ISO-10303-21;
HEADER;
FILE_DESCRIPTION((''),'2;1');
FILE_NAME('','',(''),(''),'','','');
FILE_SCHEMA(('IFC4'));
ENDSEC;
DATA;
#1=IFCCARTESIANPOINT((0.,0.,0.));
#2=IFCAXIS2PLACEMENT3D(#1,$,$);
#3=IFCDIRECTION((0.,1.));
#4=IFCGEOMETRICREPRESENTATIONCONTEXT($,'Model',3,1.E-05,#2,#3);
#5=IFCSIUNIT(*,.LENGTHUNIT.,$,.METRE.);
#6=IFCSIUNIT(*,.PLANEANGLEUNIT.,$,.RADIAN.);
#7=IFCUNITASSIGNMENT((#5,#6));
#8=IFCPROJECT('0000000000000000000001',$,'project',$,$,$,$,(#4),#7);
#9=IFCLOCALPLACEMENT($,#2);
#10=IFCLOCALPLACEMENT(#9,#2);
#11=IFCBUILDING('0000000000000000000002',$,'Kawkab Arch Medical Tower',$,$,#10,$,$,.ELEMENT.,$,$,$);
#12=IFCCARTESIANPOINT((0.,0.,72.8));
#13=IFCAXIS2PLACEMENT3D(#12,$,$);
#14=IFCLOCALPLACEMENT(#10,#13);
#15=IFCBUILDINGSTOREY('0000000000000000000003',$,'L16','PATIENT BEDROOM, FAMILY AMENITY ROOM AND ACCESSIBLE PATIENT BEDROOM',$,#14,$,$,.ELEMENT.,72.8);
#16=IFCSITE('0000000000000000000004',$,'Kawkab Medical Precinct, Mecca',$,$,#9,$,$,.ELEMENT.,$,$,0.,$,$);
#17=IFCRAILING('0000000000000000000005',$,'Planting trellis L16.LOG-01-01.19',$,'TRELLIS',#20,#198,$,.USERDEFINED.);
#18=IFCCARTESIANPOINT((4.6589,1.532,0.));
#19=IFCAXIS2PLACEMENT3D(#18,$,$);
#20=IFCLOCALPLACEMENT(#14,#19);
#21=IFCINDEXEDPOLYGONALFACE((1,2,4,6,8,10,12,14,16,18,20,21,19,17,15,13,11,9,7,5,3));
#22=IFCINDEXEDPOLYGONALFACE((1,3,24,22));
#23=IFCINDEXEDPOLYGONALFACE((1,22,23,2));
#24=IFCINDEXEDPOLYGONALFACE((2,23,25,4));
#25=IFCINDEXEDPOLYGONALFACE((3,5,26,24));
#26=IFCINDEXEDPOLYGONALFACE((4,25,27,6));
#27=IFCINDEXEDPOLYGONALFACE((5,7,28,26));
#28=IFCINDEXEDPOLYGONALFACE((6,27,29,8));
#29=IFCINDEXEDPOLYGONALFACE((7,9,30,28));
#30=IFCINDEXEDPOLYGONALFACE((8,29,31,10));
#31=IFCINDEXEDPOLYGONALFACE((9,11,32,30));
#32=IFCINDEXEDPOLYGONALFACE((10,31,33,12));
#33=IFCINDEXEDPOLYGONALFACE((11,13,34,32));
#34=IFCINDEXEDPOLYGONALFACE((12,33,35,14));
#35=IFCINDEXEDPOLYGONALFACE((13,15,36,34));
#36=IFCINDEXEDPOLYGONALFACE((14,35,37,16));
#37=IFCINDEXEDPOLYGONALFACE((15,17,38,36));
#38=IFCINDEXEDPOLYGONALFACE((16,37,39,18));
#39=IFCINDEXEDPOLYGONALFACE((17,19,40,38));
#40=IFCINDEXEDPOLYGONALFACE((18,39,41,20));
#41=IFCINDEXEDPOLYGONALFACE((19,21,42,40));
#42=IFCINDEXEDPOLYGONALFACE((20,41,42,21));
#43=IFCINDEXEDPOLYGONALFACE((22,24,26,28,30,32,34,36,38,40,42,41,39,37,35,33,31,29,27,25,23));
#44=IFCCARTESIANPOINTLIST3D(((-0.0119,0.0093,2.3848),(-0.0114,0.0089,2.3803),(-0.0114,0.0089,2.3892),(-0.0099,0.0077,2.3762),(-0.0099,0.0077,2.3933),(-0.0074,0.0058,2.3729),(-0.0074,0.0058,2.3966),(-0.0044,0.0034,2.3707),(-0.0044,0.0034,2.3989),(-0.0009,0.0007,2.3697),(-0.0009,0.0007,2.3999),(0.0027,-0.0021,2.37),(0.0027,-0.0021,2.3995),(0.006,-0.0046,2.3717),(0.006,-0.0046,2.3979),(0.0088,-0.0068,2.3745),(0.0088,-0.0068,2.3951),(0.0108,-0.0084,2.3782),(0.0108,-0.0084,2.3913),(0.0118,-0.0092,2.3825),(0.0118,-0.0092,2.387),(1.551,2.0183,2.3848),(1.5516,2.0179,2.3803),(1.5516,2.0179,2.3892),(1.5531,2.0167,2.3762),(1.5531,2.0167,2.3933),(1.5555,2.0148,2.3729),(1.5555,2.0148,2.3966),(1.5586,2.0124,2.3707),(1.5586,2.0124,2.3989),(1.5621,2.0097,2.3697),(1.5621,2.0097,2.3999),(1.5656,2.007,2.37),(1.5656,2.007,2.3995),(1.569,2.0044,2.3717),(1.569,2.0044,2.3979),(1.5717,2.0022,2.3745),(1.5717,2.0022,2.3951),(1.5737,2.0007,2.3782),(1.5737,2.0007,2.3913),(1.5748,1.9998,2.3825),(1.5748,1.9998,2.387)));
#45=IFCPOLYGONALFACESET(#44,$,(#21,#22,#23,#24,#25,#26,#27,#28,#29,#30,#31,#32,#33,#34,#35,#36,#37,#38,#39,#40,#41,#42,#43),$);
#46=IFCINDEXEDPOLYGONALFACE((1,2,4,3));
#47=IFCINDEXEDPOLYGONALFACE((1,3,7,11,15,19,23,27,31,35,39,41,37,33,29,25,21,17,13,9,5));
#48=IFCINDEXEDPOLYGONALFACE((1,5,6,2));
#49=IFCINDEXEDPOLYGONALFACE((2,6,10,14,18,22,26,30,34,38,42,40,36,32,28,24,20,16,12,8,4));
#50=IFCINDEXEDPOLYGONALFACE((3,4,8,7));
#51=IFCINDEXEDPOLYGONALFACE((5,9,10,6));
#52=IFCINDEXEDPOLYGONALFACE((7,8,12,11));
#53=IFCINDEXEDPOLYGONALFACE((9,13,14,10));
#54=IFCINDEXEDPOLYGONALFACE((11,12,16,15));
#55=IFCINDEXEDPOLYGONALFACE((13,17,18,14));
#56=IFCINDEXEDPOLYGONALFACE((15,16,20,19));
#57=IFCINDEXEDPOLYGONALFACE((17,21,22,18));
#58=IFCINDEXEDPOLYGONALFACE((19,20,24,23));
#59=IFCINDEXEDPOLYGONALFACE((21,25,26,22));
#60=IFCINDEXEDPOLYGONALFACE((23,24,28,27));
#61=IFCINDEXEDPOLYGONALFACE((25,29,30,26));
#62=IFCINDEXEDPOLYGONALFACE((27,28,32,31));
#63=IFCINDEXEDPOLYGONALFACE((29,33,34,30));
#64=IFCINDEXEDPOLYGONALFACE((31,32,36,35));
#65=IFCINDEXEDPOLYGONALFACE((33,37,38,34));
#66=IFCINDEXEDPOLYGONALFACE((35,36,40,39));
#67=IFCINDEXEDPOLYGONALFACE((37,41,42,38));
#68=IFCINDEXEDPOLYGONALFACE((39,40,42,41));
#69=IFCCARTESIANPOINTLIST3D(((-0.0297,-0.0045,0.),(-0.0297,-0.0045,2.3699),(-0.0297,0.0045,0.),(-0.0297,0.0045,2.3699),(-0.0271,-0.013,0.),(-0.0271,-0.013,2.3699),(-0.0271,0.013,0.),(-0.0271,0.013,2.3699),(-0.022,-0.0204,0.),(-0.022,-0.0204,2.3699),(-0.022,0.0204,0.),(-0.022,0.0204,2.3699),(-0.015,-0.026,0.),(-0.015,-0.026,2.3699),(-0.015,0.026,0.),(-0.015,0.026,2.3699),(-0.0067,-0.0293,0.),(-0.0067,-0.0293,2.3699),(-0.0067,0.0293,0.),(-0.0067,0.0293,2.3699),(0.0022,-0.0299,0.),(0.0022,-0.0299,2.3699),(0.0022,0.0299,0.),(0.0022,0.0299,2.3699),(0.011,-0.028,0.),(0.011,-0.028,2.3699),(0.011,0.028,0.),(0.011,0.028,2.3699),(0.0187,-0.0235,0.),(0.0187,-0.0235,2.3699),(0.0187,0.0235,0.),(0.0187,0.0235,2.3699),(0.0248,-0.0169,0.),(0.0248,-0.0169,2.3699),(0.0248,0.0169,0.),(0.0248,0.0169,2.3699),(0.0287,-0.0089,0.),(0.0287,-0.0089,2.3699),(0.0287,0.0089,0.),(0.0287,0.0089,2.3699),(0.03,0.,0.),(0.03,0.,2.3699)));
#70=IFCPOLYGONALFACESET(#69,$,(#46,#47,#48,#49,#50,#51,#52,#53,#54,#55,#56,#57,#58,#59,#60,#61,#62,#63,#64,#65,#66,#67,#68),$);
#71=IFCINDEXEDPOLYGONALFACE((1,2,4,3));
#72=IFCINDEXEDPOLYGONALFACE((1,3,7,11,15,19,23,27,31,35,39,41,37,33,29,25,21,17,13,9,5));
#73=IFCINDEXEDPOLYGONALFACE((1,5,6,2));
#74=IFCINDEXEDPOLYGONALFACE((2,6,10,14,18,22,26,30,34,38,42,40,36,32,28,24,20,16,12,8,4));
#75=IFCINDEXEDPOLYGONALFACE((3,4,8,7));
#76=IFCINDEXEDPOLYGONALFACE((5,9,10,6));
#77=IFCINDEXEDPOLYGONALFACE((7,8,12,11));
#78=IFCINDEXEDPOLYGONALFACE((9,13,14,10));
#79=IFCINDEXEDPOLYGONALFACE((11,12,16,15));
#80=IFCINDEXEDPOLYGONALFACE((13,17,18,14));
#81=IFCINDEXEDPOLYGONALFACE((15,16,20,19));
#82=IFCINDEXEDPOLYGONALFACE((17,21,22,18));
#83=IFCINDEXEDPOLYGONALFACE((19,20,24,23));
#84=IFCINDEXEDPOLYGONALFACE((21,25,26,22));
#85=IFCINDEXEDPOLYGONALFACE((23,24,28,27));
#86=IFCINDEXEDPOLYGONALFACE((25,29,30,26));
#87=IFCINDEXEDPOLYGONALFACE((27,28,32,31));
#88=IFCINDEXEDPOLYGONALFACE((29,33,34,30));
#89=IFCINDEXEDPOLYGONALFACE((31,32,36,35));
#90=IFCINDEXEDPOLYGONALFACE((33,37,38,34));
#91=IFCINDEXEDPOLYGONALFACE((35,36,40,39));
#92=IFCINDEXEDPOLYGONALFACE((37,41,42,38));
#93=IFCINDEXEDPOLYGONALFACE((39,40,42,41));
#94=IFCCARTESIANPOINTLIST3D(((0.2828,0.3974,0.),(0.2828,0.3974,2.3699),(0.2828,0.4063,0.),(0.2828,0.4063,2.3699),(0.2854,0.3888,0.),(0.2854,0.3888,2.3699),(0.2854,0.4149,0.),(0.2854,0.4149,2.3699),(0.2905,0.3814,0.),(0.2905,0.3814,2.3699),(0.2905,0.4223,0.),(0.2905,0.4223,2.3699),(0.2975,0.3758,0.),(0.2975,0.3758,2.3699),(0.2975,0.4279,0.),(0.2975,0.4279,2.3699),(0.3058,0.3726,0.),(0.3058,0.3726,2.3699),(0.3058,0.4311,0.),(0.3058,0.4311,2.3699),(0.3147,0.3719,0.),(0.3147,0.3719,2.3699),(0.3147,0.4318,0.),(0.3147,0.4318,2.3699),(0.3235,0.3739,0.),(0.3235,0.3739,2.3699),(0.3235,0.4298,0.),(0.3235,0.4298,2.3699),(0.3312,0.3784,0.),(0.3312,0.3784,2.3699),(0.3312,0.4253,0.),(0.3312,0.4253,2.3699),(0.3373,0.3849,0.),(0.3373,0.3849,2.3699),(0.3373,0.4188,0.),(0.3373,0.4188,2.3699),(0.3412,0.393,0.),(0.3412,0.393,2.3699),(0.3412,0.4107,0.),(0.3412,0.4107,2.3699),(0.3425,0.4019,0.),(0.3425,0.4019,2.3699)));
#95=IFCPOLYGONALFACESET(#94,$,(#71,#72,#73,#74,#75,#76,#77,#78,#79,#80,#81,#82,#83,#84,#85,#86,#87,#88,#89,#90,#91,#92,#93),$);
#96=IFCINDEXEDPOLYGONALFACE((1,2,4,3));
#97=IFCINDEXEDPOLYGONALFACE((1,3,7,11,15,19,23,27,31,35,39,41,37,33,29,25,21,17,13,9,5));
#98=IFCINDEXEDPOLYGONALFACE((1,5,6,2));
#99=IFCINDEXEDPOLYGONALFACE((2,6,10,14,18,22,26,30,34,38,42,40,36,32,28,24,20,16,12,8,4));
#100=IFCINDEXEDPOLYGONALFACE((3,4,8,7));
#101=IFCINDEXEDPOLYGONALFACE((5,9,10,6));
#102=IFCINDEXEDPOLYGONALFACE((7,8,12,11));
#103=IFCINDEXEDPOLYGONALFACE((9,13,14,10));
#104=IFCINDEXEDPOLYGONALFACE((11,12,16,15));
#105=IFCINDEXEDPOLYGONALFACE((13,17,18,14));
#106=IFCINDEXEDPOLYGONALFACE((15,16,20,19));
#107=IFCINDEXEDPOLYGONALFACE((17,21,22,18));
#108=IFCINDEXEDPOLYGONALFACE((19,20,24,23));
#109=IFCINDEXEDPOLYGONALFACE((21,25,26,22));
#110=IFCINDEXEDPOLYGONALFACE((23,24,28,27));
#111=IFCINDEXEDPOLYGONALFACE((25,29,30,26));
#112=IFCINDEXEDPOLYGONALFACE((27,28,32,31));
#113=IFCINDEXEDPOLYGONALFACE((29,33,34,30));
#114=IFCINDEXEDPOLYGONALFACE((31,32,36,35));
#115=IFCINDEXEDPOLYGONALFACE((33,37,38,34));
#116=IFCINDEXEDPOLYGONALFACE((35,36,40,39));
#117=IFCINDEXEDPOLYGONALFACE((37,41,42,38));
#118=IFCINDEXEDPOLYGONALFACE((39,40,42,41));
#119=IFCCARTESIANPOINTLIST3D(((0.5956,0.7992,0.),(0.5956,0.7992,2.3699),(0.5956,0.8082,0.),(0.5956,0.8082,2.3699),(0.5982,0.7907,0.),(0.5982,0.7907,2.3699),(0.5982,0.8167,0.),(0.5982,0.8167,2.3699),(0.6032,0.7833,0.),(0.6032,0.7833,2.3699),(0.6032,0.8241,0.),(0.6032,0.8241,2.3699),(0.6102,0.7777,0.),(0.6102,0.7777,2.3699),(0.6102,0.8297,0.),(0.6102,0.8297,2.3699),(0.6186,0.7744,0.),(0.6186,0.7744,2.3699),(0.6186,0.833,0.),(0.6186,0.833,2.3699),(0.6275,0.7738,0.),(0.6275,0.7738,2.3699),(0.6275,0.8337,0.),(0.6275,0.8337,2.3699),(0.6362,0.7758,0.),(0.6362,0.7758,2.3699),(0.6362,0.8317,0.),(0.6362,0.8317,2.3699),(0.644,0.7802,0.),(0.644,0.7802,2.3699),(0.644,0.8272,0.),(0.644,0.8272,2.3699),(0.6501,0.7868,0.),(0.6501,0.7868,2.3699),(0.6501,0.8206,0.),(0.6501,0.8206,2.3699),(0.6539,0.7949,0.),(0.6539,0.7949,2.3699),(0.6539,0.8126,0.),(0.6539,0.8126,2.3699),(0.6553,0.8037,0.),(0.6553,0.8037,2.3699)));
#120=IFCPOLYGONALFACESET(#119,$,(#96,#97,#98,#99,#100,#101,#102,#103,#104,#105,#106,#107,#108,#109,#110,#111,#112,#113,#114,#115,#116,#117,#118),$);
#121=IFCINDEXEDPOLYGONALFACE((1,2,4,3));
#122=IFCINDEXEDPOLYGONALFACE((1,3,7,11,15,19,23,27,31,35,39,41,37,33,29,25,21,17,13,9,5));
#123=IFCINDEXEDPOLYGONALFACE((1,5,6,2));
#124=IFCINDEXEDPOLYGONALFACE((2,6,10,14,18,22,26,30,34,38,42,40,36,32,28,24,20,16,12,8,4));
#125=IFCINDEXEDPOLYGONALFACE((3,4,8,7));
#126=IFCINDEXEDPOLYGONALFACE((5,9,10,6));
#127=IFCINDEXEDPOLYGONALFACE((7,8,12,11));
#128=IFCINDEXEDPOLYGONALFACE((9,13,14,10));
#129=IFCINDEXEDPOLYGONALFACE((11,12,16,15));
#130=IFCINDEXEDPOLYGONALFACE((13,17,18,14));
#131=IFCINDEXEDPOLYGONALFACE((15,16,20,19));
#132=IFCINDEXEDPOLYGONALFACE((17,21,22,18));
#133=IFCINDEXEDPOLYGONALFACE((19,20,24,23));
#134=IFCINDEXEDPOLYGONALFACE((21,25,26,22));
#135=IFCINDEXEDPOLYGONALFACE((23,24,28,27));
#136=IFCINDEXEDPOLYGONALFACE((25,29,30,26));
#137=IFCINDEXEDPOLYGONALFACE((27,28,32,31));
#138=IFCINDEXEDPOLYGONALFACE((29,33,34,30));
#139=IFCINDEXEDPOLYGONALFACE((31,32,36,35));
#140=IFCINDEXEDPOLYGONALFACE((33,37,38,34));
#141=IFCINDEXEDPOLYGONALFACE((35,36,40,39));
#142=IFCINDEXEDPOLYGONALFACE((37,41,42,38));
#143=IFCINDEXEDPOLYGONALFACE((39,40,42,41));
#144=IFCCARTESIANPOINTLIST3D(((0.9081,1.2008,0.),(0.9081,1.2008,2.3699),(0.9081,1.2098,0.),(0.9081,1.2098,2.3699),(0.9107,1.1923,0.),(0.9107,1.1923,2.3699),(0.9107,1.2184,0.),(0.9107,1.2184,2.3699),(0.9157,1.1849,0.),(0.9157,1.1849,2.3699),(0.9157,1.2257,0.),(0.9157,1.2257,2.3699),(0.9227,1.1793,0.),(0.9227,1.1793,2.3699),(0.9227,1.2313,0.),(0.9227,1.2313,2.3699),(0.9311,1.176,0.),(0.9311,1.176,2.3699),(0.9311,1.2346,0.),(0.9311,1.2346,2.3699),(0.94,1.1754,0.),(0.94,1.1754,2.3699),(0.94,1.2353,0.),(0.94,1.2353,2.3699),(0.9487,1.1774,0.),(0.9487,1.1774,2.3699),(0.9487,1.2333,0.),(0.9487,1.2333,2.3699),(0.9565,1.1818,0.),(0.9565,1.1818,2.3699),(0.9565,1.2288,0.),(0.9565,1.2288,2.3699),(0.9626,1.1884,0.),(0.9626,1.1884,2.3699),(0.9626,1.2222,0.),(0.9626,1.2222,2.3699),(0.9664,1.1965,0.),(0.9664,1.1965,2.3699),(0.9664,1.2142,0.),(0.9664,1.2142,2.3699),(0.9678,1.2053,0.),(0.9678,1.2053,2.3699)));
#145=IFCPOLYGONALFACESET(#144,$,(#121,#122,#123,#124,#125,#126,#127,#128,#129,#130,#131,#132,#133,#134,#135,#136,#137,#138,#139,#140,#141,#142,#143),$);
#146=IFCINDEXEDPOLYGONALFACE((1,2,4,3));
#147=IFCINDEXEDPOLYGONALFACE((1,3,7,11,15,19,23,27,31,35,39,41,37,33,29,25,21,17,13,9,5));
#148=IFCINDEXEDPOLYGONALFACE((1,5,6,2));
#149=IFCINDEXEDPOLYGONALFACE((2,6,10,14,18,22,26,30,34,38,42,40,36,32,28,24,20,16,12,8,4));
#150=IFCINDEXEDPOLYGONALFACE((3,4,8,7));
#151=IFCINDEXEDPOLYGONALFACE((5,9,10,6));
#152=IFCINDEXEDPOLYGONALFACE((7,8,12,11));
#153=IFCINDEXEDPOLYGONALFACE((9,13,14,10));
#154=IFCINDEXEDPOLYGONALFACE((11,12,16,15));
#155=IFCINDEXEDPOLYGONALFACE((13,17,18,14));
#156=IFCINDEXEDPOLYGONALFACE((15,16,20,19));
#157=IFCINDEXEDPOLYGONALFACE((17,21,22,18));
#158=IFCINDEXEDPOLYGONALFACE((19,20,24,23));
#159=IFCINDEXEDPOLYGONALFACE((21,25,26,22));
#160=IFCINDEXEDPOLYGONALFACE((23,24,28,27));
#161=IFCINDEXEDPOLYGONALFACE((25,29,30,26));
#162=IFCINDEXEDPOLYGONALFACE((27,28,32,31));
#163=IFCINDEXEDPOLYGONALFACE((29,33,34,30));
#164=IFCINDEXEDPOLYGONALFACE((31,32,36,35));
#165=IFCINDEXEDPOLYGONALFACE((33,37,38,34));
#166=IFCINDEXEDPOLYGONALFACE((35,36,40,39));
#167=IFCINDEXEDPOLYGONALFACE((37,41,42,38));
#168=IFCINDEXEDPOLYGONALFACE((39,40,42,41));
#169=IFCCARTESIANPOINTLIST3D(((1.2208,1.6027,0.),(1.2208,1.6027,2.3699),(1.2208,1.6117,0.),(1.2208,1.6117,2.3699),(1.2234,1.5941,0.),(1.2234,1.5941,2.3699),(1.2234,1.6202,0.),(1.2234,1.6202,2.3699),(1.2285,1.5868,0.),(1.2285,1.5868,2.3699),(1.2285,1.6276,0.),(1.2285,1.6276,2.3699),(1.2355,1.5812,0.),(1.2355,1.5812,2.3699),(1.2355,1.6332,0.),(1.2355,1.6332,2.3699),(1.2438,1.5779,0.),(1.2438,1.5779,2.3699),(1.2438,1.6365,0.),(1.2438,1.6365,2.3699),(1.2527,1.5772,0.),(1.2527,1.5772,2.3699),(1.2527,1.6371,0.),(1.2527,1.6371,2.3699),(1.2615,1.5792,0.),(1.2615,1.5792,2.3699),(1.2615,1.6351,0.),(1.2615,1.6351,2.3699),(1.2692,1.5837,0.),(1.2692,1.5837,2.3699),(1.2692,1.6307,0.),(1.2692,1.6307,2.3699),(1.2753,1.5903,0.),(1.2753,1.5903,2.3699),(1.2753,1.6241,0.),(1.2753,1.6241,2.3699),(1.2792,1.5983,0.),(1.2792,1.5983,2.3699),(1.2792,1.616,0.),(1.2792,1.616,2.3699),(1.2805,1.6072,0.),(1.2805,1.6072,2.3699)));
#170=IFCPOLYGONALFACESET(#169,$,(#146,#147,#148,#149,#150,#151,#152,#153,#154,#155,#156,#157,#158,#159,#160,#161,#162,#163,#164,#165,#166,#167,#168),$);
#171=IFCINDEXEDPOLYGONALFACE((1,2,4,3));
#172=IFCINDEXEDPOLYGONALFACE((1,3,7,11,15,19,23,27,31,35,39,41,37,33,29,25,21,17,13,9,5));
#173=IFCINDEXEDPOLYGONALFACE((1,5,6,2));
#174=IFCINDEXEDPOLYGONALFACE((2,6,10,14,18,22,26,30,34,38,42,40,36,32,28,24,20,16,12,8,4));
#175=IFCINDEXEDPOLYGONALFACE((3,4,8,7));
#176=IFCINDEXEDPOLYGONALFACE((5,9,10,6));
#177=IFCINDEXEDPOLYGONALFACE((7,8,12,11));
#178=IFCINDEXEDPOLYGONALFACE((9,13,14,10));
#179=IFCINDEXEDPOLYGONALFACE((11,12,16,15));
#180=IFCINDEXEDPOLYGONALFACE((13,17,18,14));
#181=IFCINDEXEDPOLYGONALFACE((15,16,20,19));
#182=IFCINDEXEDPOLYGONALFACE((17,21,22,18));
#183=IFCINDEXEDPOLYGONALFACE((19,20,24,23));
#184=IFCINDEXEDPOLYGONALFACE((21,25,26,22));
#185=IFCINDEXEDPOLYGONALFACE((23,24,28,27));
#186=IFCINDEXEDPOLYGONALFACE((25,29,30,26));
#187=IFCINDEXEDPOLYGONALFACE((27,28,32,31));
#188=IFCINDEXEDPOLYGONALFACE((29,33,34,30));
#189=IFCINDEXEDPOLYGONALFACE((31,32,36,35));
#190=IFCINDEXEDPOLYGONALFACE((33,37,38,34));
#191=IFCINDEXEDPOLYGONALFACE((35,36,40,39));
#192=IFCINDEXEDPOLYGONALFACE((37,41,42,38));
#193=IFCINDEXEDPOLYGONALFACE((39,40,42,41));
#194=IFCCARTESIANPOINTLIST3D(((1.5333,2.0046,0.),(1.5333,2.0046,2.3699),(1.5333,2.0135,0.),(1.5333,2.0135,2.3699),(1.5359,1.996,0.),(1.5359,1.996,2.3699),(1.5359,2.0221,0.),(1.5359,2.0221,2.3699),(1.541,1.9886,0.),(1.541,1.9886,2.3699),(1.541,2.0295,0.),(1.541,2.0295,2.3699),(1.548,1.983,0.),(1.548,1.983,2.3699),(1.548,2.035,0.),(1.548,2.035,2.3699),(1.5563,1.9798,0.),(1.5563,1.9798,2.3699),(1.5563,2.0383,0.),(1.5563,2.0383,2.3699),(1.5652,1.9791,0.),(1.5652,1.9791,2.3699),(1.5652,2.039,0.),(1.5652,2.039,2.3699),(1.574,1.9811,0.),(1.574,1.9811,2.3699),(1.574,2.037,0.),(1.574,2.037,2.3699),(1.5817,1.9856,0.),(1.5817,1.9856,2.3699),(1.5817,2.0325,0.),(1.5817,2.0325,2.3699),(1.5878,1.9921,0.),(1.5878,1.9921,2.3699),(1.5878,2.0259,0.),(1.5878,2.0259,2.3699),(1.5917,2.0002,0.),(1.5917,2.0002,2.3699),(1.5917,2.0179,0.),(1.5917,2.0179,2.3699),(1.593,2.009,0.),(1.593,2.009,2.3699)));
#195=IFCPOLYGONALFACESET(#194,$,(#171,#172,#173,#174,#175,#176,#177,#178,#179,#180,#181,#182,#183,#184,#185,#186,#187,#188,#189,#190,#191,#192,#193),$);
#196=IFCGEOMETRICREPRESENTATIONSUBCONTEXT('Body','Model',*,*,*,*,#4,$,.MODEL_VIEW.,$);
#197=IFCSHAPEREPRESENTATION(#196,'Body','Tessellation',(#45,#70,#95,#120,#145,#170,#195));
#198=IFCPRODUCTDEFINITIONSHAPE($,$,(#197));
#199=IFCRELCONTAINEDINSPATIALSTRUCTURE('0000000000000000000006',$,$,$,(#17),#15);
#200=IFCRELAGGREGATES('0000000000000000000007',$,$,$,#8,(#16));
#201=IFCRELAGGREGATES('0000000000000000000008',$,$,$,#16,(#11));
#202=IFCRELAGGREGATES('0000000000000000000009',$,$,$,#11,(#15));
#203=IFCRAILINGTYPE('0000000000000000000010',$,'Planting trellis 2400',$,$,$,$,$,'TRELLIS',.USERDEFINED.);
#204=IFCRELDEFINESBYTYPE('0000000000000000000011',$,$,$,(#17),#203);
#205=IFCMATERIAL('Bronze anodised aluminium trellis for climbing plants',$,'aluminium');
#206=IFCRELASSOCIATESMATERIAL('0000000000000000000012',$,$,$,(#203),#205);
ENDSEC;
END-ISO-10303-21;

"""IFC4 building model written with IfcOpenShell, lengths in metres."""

from ifc_helpers import new_model, si_unit, direction, frame, origin, origin_2d, place, context, subcontext, project, spatial, circle, extrude, material, type_object, element, save


model = new_model("IFC4")

# Units and contexts
model_context = context("Model", 3, precision=1e-05, world=origin(), true_north=direction((0.0, 1.0)))
body_context = subcontext(model_context, "Body", "Model", "MODEL_VIEW")
ifc_project = project(units=[si_unit("LENGTHUNIT", "METRE"), si_unit("PLANEANGLEUNIT", "RADIAN")], contexts=[model_context])

# Site, building, storey
site_placement = place(None, origin())
site = spatial("IfcSite", under=ifc_project, at=site_placement, Name="Kawkab Medical Precinct, Mecca", CompositionType="ELEMENT", RefElevation=0.0)
building_placement = place(site_placement, origin())
building = spatial("IfcBuilding", under=site, at=building_placement, Name="Kawkab Arch Medical Tower", CompositionType="ELEMENT")
storey_placement = place(building_placement, frame((0.0, 0.0, 72.8)))
storey = spatial("IfcBuildingStorey", under=building, at=storey_placement, Name="L16", Description="PATIENT BEDROOM, FAMILY AMENITY ROOM AND ACCESSIBLE PATIENT BEDROOM", CompositionType="ELEMENT", Elevation=72.8)

# Railing
ifc_material_1 = material(Name="Bronze anodised aluminium trellis for climbing plants", Category="aluminium")
railing_type = type_object("IfcRailingType", Name="Planting trellis 2400", ElementType="TRELLIS", PredefinedType="USERDEFINED", material=ifc_material_1)
railing_1_placement = place(storey_placement, frame((4.6589, 1.532, 0.0)))
element("IfcRailing", 1, at=railing_1_placement, inside=storey, type_object=railing_type, Name="Planting trellis L16.LOG-01-01.19", ObjectType="TRELLIS", PredefinedType="USERDEFINED", context=body_context, shape_type="SweptSolid", body=[
    extrude(circle(Radius=0.0151, at=origin_2d()), frame((0.0, 0.0, 2.3848), z_axis=(0.61404, 0.789275, 0.0), x_axis=(-0.789275, 0.61404, 0.0)), (0.0, 0.0, 1.0), 2.5454),
    extrude(circle(Radius=0.03, at=origin_2d()), origin(), (0.0, 0.0, 1.0), 2.3699),
    extrude(circle(Radius=0.03, at=origin_2d()), frame((0.3125, 0.4019, 0.0)), (0.0, 0.0, 1.0), 2.3699),
    extrude(circle(Radius=0.03, at=origin_2d()), frame((0.6252, 0.8037, 0.0)), (0.0, 0.0, 1.0), 2.3699),
    extrude(circle(Radius=0.03, at=origin_2d()), frame((0.9377, 1.2053, 0.0)), (0.0, 0.0, 1.0), 2.3699),
    extrude(circle(Radius=0.03, at=origin_2d()), frame((1.2505, 1.6072, 0.0)), (0.0, 0.0, 1.0), 2.3699),
    extrude(circle(Radius=0.03, at=origin_2d()), frame((1.563, 2.009, 0.0)), (0.0, 0.0, 1.0), 2.3699),
])

save(model, "model.ifc")
